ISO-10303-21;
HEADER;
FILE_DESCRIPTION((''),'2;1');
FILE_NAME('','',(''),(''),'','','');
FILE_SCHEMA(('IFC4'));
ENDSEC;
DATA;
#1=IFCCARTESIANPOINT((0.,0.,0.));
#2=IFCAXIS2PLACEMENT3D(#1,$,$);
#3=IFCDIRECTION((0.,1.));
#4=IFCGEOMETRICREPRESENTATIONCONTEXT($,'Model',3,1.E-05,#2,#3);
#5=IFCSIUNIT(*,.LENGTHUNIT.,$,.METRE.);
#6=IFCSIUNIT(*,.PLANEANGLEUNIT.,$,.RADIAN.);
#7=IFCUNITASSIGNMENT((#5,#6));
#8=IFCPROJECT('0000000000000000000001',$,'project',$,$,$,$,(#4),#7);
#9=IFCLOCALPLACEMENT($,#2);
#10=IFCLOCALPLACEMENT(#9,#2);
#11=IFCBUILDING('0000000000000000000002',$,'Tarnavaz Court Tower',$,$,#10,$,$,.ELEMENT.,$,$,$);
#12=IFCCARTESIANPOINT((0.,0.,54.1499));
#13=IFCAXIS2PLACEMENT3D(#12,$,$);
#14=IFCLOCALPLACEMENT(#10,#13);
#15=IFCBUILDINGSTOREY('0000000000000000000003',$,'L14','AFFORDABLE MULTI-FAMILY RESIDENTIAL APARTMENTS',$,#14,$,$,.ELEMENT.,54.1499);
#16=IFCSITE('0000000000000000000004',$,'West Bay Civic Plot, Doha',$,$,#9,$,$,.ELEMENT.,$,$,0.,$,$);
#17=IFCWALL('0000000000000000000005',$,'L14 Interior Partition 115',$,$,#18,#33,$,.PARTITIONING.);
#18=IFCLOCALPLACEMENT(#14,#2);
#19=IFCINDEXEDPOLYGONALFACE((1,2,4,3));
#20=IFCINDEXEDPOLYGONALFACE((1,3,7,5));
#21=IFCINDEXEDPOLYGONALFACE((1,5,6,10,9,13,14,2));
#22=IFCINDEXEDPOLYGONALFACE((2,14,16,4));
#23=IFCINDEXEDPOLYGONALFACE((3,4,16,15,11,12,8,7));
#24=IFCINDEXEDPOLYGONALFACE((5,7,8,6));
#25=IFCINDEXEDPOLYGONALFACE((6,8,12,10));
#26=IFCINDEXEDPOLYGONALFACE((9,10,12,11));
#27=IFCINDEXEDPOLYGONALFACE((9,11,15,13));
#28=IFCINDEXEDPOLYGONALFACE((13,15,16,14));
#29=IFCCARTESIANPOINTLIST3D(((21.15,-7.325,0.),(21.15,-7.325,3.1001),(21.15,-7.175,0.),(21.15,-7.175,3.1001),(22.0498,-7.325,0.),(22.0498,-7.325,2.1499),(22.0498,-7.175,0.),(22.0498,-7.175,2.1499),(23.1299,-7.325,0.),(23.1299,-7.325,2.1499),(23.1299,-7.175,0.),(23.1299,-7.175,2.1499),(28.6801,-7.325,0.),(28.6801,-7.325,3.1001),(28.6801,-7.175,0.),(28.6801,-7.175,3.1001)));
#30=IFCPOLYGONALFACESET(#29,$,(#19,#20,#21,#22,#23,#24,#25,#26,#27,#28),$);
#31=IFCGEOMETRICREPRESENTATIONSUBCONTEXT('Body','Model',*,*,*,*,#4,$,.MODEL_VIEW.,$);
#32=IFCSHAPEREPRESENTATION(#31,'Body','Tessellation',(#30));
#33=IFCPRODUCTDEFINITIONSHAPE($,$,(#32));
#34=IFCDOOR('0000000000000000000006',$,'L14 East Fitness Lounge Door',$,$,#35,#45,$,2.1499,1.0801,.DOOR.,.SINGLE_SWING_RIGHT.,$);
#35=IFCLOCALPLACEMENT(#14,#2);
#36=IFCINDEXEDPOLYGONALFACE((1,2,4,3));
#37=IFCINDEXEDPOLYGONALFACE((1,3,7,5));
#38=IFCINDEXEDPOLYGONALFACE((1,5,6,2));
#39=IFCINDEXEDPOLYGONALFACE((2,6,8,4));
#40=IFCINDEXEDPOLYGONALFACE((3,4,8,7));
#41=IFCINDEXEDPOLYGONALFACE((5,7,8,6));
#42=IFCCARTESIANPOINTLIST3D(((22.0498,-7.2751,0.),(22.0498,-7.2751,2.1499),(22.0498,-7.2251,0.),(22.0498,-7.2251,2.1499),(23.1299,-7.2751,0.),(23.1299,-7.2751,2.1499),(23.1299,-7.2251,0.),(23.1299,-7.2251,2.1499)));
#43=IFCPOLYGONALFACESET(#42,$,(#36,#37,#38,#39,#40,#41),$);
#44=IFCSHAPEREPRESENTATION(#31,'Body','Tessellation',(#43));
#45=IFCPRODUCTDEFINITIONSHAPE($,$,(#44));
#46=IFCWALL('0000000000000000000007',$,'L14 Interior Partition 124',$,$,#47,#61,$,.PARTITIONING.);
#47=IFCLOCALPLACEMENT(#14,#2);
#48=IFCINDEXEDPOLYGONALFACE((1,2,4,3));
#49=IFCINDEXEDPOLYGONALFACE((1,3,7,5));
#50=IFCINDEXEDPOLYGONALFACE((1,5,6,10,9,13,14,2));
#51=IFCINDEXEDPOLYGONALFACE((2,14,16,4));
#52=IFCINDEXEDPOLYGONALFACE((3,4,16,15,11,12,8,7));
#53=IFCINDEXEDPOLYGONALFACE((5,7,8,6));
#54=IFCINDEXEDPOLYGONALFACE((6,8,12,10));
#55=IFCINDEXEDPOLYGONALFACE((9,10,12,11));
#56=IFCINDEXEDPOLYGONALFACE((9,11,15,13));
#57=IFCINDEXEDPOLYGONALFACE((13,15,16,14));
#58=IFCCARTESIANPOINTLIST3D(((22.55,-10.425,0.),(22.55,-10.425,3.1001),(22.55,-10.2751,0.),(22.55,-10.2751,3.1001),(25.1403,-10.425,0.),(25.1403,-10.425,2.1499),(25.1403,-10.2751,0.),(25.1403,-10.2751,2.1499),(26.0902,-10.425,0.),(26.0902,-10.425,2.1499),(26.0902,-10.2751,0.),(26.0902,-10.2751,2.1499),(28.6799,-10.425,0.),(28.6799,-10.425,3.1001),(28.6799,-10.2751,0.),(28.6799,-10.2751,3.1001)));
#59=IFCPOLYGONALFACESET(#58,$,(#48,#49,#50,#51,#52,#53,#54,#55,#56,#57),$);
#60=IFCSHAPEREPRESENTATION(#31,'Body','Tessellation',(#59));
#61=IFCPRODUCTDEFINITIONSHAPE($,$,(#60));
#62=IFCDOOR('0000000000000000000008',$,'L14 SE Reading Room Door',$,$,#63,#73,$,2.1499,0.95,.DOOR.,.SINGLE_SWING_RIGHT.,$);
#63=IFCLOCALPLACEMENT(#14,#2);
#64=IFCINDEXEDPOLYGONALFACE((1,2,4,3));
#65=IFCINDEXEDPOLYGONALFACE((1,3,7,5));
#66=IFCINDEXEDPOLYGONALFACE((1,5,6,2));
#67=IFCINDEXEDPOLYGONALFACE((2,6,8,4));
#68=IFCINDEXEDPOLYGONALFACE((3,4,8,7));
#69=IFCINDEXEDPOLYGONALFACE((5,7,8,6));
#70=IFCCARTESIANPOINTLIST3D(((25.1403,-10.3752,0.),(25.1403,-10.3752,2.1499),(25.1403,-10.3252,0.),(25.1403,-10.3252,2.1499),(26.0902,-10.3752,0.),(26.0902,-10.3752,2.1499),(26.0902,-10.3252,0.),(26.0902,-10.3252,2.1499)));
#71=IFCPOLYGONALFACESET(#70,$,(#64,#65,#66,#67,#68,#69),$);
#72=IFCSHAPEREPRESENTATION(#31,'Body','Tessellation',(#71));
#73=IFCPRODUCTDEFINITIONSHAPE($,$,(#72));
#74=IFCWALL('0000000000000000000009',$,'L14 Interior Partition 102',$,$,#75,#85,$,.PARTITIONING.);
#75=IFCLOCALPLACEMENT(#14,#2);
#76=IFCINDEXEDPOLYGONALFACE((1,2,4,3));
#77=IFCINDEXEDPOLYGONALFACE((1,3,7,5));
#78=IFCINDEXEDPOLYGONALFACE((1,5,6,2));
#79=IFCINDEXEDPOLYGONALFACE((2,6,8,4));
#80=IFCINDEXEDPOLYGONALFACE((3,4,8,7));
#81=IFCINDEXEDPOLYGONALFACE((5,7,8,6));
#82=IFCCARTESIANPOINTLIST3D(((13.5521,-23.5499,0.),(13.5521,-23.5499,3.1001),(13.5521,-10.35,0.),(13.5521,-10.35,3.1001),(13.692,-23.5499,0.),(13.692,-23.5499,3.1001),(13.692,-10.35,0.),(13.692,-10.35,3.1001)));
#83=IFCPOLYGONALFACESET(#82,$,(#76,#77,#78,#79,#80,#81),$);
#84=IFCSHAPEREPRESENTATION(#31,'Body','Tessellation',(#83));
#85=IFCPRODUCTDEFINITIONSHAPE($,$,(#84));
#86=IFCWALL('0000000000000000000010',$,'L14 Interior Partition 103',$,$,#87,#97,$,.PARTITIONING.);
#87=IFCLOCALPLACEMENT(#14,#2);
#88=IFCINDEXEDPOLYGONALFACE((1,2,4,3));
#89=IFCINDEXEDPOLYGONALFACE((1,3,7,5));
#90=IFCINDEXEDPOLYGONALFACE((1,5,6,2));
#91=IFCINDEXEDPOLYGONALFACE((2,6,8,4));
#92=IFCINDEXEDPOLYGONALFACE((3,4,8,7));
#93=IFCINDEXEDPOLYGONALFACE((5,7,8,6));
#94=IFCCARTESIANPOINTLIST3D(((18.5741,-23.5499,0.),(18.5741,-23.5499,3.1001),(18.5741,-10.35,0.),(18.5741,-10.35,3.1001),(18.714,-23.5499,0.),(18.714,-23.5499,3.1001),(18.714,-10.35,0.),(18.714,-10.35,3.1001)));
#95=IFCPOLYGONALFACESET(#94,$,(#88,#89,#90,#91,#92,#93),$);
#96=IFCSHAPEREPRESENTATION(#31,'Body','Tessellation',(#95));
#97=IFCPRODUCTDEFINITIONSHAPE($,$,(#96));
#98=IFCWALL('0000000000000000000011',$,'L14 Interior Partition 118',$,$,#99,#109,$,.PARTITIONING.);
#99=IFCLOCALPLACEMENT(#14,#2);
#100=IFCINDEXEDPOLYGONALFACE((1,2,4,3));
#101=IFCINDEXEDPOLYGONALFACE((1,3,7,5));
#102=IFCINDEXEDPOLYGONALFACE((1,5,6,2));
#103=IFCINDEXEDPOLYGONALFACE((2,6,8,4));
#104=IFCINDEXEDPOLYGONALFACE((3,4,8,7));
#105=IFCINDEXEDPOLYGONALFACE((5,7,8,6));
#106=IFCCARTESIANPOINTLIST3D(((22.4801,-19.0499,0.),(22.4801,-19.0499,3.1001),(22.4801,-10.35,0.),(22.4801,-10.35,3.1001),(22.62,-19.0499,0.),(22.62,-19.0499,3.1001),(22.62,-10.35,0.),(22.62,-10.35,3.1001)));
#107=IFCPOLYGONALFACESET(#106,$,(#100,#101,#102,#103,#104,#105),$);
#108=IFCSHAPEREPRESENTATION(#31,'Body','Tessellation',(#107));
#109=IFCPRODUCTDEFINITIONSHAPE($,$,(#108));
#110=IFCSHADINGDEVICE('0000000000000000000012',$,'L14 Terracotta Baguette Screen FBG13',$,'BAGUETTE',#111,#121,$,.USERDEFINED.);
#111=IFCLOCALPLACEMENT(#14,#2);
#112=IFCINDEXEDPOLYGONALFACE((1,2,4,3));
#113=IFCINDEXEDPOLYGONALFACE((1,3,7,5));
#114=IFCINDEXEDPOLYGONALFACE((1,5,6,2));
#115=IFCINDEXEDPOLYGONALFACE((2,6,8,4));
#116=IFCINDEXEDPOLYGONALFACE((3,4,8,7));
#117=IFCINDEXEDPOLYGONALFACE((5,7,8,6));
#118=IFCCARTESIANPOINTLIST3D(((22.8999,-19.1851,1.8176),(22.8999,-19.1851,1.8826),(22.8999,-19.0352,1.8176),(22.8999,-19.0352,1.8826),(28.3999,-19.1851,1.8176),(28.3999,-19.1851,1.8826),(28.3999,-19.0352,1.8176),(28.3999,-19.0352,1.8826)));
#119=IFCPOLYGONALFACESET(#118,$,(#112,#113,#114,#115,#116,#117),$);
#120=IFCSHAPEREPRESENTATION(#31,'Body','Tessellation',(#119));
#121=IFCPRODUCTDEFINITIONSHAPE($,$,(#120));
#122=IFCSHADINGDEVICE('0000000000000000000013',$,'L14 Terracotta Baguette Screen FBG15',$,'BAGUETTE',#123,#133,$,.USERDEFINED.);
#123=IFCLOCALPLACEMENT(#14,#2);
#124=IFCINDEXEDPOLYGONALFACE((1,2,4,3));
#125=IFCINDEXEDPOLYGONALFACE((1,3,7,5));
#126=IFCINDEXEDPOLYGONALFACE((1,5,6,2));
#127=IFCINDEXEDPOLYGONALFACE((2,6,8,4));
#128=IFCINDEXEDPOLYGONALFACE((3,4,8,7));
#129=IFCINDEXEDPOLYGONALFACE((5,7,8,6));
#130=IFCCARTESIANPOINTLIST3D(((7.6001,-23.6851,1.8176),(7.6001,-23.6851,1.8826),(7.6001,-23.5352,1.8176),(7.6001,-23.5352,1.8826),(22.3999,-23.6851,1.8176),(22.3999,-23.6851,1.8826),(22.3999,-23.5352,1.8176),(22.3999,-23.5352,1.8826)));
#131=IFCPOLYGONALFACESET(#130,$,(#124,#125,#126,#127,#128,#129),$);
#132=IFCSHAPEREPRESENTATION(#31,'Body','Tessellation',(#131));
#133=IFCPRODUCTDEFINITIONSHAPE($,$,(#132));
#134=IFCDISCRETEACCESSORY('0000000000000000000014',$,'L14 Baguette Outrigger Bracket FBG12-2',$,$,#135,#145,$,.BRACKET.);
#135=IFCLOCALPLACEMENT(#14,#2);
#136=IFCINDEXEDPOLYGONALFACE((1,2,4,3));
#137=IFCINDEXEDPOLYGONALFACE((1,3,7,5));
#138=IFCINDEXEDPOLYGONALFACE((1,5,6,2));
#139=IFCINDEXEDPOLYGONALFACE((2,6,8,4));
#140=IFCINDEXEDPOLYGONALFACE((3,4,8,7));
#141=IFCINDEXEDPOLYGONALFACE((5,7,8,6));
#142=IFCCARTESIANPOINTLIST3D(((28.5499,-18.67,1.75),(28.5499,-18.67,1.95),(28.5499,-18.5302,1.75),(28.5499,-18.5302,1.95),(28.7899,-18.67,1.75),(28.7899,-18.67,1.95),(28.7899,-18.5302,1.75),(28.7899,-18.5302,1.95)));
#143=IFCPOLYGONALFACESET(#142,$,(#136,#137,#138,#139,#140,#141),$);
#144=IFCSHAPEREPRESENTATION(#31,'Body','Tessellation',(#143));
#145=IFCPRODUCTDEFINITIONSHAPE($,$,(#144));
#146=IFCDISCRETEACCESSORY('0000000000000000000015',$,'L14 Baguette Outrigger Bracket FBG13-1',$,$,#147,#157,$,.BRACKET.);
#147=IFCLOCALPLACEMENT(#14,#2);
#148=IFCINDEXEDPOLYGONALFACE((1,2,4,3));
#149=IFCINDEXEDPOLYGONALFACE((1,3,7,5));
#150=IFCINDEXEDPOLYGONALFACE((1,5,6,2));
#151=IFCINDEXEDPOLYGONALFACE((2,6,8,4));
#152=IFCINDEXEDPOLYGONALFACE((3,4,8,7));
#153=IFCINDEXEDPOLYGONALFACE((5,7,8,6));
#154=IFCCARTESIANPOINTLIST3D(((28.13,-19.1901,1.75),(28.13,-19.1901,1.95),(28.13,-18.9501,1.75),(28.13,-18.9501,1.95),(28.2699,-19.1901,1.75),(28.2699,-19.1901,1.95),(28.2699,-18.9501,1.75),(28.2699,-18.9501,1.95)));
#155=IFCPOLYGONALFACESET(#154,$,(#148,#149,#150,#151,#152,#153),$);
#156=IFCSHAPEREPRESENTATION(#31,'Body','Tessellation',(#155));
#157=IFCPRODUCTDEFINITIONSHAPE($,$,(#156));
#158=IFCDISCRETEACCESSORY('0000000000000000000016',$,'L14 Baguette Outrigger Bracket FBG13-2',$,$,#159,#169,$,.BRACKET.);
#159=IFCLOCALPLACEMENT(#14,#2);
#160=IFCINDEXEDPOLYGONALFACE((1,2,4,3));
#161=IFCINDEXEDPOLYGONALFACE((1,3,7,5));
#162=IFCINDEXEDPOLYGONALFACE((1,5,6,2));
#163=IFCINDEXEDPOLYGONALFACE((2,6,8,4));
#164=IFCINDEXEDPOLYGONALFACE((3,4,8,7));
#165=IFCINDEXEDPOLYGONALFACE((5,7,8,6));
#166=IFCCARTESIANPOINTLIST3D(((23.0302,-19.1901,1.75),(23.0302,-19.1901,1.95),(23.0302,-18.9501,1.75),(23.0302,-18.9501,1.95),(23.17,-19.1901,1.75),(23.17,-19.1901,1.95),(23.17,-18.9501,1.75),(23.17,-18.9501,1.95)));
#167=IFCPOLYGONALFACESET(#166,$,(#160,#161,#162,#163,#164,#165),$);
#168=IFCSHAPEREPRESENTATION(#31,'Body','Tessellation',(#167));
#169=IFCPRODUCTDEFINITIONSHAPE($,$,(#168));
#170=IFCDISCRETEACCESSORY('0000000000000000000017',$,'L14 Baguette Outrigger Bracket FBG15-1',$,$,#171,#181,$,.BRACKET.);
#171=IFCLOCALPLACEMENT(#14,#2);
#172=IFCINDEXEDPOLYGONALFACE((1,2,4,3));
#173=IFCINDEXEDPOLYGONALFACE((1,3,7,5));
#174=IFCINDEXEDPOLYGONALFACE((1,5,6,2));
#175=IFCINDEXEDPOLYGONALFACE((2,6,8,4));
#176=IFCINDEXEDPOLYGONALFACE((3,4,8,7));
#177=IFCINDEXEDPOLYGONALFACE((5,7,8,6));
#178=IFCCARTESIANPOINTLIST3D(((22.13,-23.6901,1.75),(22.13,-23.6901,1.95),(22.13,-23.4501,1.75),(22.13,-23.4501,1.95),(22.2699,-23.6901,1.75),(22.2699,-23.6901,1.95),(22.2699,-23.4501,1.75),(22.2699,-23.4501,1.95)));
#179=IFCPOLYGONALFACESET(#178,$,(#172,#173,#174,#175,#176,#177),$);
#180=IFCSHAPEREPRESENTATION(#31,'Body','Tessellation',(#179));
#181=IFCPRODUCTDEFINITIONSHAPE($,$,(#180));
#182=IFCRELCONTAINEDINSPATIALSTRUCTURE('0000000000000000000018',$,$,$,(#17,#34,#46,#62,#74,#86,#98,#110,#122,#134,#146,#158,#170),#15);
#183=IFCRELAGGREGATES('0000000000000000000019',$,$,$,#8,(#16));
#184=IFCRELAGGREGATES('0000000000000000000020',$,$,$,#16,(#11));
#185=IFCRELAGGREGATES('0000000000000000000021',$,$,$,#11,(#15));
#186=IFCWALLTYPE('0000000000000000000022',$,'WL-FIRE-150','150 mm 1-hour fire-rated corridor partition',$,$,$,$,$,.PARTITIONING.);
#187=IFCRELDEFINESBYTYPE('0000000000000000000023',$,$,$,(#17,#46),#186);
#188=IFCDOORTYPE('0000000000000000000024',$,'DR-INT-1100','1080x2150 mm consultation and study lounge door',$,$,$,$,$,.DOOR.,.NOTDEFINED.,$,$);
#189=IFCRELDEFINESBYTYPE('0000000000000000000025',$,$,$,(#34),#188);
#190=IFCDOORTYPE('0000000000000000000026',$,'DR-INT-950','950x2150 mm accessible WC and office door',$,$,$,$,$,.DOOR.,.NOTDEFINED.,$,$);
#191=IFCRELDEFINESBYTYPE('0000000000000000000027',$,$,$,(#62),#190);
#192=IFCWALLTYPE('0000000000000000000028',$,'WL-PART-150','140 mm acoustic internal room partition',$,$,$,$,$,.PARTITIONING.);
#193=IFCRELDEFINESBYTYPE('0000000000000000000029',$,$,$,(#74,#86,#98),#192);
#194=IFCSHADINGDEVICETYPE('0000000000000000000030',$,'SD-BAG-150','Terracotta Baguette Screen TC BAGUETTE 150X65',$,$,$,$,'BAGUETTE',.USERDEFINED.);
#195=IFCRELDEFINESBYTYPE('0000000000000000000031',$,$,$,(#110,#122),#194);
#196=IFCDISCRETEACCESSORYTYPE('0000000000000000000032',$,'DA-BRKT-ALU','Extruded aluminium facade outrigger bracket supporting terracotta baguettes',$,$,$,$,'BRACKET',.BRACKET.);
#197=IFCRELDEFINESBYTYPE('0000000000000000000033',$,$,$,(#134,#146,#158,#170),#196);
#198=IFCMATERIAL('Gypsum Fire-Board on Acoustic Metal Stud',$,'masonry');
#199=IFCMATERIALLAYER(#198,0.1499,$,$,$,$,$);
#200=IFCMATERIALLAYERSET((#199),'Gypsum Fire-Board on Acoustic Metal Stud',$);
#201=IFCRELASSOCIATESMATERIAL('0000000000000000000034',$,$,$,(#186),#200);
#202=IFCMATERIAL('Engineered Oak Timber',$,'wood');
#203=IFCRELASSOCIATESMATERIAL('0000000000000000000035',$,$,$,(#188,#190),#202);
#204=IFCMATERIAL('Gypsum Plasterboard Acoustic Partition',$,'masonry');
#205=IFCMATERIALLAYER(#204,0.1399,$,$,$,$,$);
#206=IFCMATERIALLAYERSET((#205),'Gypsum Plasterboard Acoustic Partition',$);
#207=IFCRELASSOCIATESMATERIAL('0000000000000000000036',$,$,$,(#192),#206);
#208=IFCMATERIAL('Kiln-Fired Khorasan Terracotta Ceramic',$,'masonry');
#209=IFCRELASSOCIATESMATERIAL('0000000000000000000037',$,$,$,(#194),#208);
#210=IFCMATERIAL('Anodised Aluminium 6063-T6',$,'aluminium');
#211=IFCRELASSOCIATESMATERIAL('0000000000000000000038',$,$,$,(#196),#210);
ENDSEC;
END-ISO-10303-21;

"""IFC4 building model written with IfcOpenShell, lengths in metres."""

from ifc_helpers import new_model, si_unit, direction, frame, frame_2d, origin, origin_2d, place, context, subcontext, project, spatial, rectangle, extrude, material, layer, layer_set, material_profile, profile_set, type_object, element, fill, save


model = new_model("IFC4")

# Units and contexts
model_context = context("Model", 3, precision=1e-05, world=origin(), true_north=direction((0.0, 1.0)))
body_context = subcontext(model_context, "Body", "Model", "MODEL_VIEW")
ifc_project = project(units=[si_unit("LENGTHUNIT", "METRE"), si_unit("PLANEANGLEUNIT", "RADIAN")], contexts=[model_context])

# Site, building, storey
site_placement = place(None, origin())
site = spatial("IfcSite", under=ifc_project, at=site_placement, Name="West Bay Civic Plot, Doha", CompositionType="ELEMENT", RefElevation=0.0)
building_placement = place(site_placement, origin())
building = spatial("IfcBuilding", under=site, at=building_placement, Name="Tarnavaz Court Tower", CompositionType="ELEMENT")
storey_placement = place(building_placement, frame((0.0, 0.0, 54.1499)))
storey = spatial("IfcBuildingStorey", under=building, at=storey_placement, Name="L14", Description="AFFORDABLE MULTI-FAMILY RESIDENTIAL APARTMENTS", CompositionType="ELEMENT", Elevation=54.1499)

# Shared definitions
ifc_material_1 = material(Name="Gypsum Fire-Board on Acoustic Metal Stud", Category="masonry")
ifc_layer_1 = layer(ifc_material_1, 0.1499)
ifc_layer_set_1 = layer_set([ifc_layer_1], Name="Gypsum Fire-Board on Acoustic Metal Stud")
wall_type_1 = type_object("IfcWallType", Name="WL-FIRE-150", Description="150 mm 1-hour fire-rated corridor partition", PredefinedType="PARTITIONING", material=ifc_layer_set_1)

# Walls, openings, doors
wall_1_placement = place(storey_placement, frame((21.1499, -7.25, 0.0), z_axis=(0.0, 0.0, 1.0), x_axis=(1.0, 0.0, 0.0)))
wall_1 = element("IfcWall", 1, at=wall_1_placement, inside=storey, type_object=wall_type_1, Name="L14 Interior Partition 115", PredefinedType="PARTITIONING", context=body_context, shape_type="SweptSolid", body=[
    extrude(rectangle(XDim=7.53, YDim=0.1499, at=frame_2d((3.7651, 0.0))), origin(), (0.0, 0.0, 1.0), 3.1001),
])
opening_1_placement = place(wall_1_placement, frame((0.8999, 0.0, 0.0)))
opening_1 = element("IfcOpeningElement", 2, at=opening_1_placement, cuts=wall_1, PredefinedType="OPENING", context=body_context, shape_type="SweptSolid", body=[
    extrude(rectangle(XDim=1.0801, YDim=2.1499, at=frame_2d((0.54, 1.075))), frame((0.0, 0.085, 0.0), z_axis=(0.0, -1.0, 0.0), x_axis=(1.0, 0.0, 0.0)), (0.0, 0.0, 1.0), 0.1699),
])
ifc_material_2 = material(Name="Engineered Oak Timber", Category="wood")
door_type_1 = type_object("IfcDoorType", Name="DR-INT-1100", Description="1080x2150 mm consultation and study lounge door", OperationType="NOTDEFINED", PredefinedType="DOOR", material=ifc_material_2)
door_1_placement = place(opening_1_placement, origin())
door_1 = element("IfcDoor", 3, at=door_1_placement, inside=storey, type_object=door_type_1, Name="L14 East Fitness Lounge Door", OperationType="SINGLE_SWING_RIGHT", OverallHeight=2.1499, OverallWidth=1.0801, PredefinedType="DOOR", context=body_context, shape_type="SweptSolid", body=[
    extrude(rectangle(XDim=1.0801, YDim=2.1499, at=frame_2d((0.54, 1.075))), frame((0.0, 0.0249, 0.0), z_axis=(0.0, -1.0, 0.0), x_axis=(1.0, 0.0, 0.0)), (0.0, 0.0, 1.0), 0.05),
])
fill(opening_1, door_1)
wall_2_placement = place(storey_placement, frame((22.55, -10.3501, 0.0), z_axis=(0.0, 0.0, 1.0), x_axis=(1.0, 0.0, 0.0)))
wall_2 = element("IfcWall", 4, at=wall_2_placement, inside=storey, type_object=wall_type_1, Name="L14 Interior Partition 124", PredefinedType="PARTITIONING", context=body_context, shape_type="SweptSolid", body=[
    extrude(rectangle(XDim=6.1299, YDim=0.1499, at=frame_2d((3.0649, 0.0))), origin(), (0.0, 0.0, 1.0), 3.1001),
])
opening_2_placement = place(wall_2_placement, frame((2.5901, 0.0, 0.0)))
opening_2 = element("IfcOpeningElement", 5, at=opening_2_placement, cuts=wall_2, PredefinedType="OPENING", context=body_context, shape_type="SweptSolid", body=[
    extrude(rectangle(XDim=0.95, YDim=2.1499, at=frame_2d((0.4751, 1.075))), frame((0.0, 0.085, 0.0), z_axis=(0.0, -1.0, 0.0), x_axis=(1.0, 0.0, 0.0)), (0.0, 0.0, 1.0), 0.1699),
])
door_type_2 = type_object("IfcDoorType", Name="DR-INT-950", Description="950x2150 mm accessible WC and office door", OperationType="NOTDEFINED", PredefinedType="DOOR", material=ifc_material_2)
door_2_placement = place(opening_2_placement, origin())
door_2 = element("IfcDoor", 6, at=door_2_placement, inside=storey, type_object=door_type_2, Name="L14 SE Reading Room Door", OperationType="SINGLE_SWING_RIGHT", OverallHeight=2.1499, OverallWidth=0.95, PredefinedType="DOOR", context=body_context, shape_type="SweptSolid", body=[
    extrude(rectangle(XDim=0.95, YDim=2.1499, at=frame_2d((0.4751, 1.075))), frame((0.0, 0.0249, 0.0), z_axis=(0.0, -1.0, 0.0), x_axis=(1.0, 0.0, 0.0)), (0.0, 0.0, 1.0), 0.05),
])
fill(opening_2, door_2)

# Walls
ifc_material_3 = material(Name="Gypsum Plasterboard Acoustic Partition", Category="masonry")
ifc_layer_2 = layer(ifc_material_3, 0.1399)
ifc_layer_set_2 = layer_set([ifc_layer_2], Name="Gypsum Plasterboard Acoustic Partition")
wall_type_2 = type_object("IfcWallType", Name="WL-PART-150", Description="140 mm acoustic internal room partition", PredefinedType="PARTITIONING", material=ifc_layer_set_2)
for number, where, z_axis, x_axis, name in (
    (7, (13.6221, -23.55, 0.0), (0.0, 0.0, 1.0), (0.0, 1.0, 0.0), "L14 Interior Partition 102"),
    (8, (18.644, -23.55, 0.0), (0.0, 0.0, 1.0), (0.0, 1.0, 0.0), "L14 Interior Partition 103"),
):
    element("IfcWall", number, at=place(storey_placement, frame(where, z_axis=z_axis, x_axis=x_axis)), inside=storey, type_object=wall_type_2, Name=name, PredefinedType="PARTITIONING", context=body_context, shape_type="SweptSolid", body=[
        extrude(rectangle(XDim=13.2, YDim=0.1399, at=frame_2d((6.6001, 0.0))), origin(), (0.0, 0.0, 1.0), 3.1001),
    ])
wall_3_placement = place(storey_placement, frame((22.55, -19.05, 0.0), z_axis=(0.0, 0.0, 1.0), x_axis=(0.0, 1.0, 0.0)))
element("IfcWall", 9, at=wall_3_placement, inside=storey, type_object=wall_type_2, Name="L14 Interior Partition 118", PredefinedType="PARTITIONING", context=body_context, shape_type="SweptSolid", body=[
    extrude(rectangle(XDim=8.7, YDim=0.1399, at=frame_2d((4.3501, 0.0))), origin(), (0.0, 0.0, 1.0), 3.1001),
])

# Shading devices
ifc_material_4 = material(Name="Kiln-Fired Khorasan Terracotta Ceramic", Category="masonry")
ifc_material_profile_1 = material_profile(ifc_material_4, rectangle(XDim=0.1499, YDim=0.0649, at=origin_2d()), Name="TC BAGUETTE 150X65")
ifc_profile_set_1 = profile_set([ifc_material_profile_1], Name="Kiln-Fired Khorasan Terracotta Ceramic")
shading_device_type = type_object("IfcShadingDeviceType", Name="SD-BAG-150", Description="Terracotta Baguette Screen TC BAGUETTE 150X65", ElementType="BAGUETTE", PredefinedType="USERDEFINED", material=ifc_profile_set_1)
shading_device_1_placement = place(storey_placement, frame((28.3999, -19.1101, 1.8501), z_axis=(-1.0, 0.0, 0.0), x_axis=(0.0, -1.0, 0.0)))
element("IfcShadingDevice", 10, at=shading_device_1_placement, inside=storey, type_object=shading_device_type, Name="L14 Terracotta Baguette Screen FBG13", ObjectType="BAGUETTE", PredefinedType="USERDEFINED", context=body_context, shape_type="SweptSolid", body=[
    extrude(rectangle(XDim=0.1499, YDim=0.0649, at=origin_2d()), origin(), (0.0, 0.0, 1.0), 5.5),
])
shading_device_2_placement = place(storey_placement, frame((22.3999, -23.6101, 1.8501), z_axis=(-1.0, 0.0, 0.0), x_axis=(0.0, -1.0, 0.0)))
element("IfcShadingDevice", 11, at=shading_device_2_placement, inside=storey, type_object=shading_device_type, Name="L14 Terracotta Baguette Screen FBG15", ObjectType="BAGUETTE", PredefinedType="USERDEFINED", context=body_context, shape_type="SweptSolid", body=[
    extrude(rectangle(XDim=0.1499, YDim=0.0649, at=origin_2d()), origin(), (0.0, 0.0, 1.0), 14.7998),
])

# Discrete accessories
ifc_material_5 = material(Name="Anodised Aluminium 6063-T6", Category="aluminium")
discrete_accessory_type = type_object("IfcDiscreteAccessoryType", Name="DA-BRKT-ALU", Description="Extruded aluminium facade outrigger bracket supporting terracotta baguettes", ElementType="BRACKET", PredefinedType="BRACKET", material=ifc_material_5)
for number, where, z_axis, x_axis, name in (
    (12, (28.6699, -18.6001, 1.75), (0.0, 0.0, 1.0), (0.0, -1.0, 0.0), "L14 Baguette Outrigger Bracket FBG12-2"),
    (13, (28.2, -19.0701, 1.75), (0.0, 0.0, 1.0), (-1.0, 0.0, 0.0), "L14 Baguette Outrigger Bracket FBG13-1"),
    (14, (23.1001, -19.0701, 1.75), (0.0, 0.0, 1.0), (-1.0, 0.0, 0.0), "L14 Baguette Outrigger Bracket FBG13-2"),
    (15, (22.2, -23.5701, 1.75), (0.0, 0.0, 1.0), (-1.0, 0.0, 0.0), "L14 Baguette Outrigger Bracket FBG15-1"),
):
    element("IfcDiscreteAccessory", number, at=place(storey_placement, frame(where, z_axis=z_axis, x_axis=x_axis)), inside=storey, type_object=discrete_accessory_type, Name=name, PredefinedType="BRACKET", context=body_context, shape_type="SweptSolid", body=[
        extrude(rectangle(XDim=0.1399, YDim=0.24, at=origin_2d()), origin(), (0.0, 0.0, 1.0), 0.2),
    ])

save(model, "model.ifc")
